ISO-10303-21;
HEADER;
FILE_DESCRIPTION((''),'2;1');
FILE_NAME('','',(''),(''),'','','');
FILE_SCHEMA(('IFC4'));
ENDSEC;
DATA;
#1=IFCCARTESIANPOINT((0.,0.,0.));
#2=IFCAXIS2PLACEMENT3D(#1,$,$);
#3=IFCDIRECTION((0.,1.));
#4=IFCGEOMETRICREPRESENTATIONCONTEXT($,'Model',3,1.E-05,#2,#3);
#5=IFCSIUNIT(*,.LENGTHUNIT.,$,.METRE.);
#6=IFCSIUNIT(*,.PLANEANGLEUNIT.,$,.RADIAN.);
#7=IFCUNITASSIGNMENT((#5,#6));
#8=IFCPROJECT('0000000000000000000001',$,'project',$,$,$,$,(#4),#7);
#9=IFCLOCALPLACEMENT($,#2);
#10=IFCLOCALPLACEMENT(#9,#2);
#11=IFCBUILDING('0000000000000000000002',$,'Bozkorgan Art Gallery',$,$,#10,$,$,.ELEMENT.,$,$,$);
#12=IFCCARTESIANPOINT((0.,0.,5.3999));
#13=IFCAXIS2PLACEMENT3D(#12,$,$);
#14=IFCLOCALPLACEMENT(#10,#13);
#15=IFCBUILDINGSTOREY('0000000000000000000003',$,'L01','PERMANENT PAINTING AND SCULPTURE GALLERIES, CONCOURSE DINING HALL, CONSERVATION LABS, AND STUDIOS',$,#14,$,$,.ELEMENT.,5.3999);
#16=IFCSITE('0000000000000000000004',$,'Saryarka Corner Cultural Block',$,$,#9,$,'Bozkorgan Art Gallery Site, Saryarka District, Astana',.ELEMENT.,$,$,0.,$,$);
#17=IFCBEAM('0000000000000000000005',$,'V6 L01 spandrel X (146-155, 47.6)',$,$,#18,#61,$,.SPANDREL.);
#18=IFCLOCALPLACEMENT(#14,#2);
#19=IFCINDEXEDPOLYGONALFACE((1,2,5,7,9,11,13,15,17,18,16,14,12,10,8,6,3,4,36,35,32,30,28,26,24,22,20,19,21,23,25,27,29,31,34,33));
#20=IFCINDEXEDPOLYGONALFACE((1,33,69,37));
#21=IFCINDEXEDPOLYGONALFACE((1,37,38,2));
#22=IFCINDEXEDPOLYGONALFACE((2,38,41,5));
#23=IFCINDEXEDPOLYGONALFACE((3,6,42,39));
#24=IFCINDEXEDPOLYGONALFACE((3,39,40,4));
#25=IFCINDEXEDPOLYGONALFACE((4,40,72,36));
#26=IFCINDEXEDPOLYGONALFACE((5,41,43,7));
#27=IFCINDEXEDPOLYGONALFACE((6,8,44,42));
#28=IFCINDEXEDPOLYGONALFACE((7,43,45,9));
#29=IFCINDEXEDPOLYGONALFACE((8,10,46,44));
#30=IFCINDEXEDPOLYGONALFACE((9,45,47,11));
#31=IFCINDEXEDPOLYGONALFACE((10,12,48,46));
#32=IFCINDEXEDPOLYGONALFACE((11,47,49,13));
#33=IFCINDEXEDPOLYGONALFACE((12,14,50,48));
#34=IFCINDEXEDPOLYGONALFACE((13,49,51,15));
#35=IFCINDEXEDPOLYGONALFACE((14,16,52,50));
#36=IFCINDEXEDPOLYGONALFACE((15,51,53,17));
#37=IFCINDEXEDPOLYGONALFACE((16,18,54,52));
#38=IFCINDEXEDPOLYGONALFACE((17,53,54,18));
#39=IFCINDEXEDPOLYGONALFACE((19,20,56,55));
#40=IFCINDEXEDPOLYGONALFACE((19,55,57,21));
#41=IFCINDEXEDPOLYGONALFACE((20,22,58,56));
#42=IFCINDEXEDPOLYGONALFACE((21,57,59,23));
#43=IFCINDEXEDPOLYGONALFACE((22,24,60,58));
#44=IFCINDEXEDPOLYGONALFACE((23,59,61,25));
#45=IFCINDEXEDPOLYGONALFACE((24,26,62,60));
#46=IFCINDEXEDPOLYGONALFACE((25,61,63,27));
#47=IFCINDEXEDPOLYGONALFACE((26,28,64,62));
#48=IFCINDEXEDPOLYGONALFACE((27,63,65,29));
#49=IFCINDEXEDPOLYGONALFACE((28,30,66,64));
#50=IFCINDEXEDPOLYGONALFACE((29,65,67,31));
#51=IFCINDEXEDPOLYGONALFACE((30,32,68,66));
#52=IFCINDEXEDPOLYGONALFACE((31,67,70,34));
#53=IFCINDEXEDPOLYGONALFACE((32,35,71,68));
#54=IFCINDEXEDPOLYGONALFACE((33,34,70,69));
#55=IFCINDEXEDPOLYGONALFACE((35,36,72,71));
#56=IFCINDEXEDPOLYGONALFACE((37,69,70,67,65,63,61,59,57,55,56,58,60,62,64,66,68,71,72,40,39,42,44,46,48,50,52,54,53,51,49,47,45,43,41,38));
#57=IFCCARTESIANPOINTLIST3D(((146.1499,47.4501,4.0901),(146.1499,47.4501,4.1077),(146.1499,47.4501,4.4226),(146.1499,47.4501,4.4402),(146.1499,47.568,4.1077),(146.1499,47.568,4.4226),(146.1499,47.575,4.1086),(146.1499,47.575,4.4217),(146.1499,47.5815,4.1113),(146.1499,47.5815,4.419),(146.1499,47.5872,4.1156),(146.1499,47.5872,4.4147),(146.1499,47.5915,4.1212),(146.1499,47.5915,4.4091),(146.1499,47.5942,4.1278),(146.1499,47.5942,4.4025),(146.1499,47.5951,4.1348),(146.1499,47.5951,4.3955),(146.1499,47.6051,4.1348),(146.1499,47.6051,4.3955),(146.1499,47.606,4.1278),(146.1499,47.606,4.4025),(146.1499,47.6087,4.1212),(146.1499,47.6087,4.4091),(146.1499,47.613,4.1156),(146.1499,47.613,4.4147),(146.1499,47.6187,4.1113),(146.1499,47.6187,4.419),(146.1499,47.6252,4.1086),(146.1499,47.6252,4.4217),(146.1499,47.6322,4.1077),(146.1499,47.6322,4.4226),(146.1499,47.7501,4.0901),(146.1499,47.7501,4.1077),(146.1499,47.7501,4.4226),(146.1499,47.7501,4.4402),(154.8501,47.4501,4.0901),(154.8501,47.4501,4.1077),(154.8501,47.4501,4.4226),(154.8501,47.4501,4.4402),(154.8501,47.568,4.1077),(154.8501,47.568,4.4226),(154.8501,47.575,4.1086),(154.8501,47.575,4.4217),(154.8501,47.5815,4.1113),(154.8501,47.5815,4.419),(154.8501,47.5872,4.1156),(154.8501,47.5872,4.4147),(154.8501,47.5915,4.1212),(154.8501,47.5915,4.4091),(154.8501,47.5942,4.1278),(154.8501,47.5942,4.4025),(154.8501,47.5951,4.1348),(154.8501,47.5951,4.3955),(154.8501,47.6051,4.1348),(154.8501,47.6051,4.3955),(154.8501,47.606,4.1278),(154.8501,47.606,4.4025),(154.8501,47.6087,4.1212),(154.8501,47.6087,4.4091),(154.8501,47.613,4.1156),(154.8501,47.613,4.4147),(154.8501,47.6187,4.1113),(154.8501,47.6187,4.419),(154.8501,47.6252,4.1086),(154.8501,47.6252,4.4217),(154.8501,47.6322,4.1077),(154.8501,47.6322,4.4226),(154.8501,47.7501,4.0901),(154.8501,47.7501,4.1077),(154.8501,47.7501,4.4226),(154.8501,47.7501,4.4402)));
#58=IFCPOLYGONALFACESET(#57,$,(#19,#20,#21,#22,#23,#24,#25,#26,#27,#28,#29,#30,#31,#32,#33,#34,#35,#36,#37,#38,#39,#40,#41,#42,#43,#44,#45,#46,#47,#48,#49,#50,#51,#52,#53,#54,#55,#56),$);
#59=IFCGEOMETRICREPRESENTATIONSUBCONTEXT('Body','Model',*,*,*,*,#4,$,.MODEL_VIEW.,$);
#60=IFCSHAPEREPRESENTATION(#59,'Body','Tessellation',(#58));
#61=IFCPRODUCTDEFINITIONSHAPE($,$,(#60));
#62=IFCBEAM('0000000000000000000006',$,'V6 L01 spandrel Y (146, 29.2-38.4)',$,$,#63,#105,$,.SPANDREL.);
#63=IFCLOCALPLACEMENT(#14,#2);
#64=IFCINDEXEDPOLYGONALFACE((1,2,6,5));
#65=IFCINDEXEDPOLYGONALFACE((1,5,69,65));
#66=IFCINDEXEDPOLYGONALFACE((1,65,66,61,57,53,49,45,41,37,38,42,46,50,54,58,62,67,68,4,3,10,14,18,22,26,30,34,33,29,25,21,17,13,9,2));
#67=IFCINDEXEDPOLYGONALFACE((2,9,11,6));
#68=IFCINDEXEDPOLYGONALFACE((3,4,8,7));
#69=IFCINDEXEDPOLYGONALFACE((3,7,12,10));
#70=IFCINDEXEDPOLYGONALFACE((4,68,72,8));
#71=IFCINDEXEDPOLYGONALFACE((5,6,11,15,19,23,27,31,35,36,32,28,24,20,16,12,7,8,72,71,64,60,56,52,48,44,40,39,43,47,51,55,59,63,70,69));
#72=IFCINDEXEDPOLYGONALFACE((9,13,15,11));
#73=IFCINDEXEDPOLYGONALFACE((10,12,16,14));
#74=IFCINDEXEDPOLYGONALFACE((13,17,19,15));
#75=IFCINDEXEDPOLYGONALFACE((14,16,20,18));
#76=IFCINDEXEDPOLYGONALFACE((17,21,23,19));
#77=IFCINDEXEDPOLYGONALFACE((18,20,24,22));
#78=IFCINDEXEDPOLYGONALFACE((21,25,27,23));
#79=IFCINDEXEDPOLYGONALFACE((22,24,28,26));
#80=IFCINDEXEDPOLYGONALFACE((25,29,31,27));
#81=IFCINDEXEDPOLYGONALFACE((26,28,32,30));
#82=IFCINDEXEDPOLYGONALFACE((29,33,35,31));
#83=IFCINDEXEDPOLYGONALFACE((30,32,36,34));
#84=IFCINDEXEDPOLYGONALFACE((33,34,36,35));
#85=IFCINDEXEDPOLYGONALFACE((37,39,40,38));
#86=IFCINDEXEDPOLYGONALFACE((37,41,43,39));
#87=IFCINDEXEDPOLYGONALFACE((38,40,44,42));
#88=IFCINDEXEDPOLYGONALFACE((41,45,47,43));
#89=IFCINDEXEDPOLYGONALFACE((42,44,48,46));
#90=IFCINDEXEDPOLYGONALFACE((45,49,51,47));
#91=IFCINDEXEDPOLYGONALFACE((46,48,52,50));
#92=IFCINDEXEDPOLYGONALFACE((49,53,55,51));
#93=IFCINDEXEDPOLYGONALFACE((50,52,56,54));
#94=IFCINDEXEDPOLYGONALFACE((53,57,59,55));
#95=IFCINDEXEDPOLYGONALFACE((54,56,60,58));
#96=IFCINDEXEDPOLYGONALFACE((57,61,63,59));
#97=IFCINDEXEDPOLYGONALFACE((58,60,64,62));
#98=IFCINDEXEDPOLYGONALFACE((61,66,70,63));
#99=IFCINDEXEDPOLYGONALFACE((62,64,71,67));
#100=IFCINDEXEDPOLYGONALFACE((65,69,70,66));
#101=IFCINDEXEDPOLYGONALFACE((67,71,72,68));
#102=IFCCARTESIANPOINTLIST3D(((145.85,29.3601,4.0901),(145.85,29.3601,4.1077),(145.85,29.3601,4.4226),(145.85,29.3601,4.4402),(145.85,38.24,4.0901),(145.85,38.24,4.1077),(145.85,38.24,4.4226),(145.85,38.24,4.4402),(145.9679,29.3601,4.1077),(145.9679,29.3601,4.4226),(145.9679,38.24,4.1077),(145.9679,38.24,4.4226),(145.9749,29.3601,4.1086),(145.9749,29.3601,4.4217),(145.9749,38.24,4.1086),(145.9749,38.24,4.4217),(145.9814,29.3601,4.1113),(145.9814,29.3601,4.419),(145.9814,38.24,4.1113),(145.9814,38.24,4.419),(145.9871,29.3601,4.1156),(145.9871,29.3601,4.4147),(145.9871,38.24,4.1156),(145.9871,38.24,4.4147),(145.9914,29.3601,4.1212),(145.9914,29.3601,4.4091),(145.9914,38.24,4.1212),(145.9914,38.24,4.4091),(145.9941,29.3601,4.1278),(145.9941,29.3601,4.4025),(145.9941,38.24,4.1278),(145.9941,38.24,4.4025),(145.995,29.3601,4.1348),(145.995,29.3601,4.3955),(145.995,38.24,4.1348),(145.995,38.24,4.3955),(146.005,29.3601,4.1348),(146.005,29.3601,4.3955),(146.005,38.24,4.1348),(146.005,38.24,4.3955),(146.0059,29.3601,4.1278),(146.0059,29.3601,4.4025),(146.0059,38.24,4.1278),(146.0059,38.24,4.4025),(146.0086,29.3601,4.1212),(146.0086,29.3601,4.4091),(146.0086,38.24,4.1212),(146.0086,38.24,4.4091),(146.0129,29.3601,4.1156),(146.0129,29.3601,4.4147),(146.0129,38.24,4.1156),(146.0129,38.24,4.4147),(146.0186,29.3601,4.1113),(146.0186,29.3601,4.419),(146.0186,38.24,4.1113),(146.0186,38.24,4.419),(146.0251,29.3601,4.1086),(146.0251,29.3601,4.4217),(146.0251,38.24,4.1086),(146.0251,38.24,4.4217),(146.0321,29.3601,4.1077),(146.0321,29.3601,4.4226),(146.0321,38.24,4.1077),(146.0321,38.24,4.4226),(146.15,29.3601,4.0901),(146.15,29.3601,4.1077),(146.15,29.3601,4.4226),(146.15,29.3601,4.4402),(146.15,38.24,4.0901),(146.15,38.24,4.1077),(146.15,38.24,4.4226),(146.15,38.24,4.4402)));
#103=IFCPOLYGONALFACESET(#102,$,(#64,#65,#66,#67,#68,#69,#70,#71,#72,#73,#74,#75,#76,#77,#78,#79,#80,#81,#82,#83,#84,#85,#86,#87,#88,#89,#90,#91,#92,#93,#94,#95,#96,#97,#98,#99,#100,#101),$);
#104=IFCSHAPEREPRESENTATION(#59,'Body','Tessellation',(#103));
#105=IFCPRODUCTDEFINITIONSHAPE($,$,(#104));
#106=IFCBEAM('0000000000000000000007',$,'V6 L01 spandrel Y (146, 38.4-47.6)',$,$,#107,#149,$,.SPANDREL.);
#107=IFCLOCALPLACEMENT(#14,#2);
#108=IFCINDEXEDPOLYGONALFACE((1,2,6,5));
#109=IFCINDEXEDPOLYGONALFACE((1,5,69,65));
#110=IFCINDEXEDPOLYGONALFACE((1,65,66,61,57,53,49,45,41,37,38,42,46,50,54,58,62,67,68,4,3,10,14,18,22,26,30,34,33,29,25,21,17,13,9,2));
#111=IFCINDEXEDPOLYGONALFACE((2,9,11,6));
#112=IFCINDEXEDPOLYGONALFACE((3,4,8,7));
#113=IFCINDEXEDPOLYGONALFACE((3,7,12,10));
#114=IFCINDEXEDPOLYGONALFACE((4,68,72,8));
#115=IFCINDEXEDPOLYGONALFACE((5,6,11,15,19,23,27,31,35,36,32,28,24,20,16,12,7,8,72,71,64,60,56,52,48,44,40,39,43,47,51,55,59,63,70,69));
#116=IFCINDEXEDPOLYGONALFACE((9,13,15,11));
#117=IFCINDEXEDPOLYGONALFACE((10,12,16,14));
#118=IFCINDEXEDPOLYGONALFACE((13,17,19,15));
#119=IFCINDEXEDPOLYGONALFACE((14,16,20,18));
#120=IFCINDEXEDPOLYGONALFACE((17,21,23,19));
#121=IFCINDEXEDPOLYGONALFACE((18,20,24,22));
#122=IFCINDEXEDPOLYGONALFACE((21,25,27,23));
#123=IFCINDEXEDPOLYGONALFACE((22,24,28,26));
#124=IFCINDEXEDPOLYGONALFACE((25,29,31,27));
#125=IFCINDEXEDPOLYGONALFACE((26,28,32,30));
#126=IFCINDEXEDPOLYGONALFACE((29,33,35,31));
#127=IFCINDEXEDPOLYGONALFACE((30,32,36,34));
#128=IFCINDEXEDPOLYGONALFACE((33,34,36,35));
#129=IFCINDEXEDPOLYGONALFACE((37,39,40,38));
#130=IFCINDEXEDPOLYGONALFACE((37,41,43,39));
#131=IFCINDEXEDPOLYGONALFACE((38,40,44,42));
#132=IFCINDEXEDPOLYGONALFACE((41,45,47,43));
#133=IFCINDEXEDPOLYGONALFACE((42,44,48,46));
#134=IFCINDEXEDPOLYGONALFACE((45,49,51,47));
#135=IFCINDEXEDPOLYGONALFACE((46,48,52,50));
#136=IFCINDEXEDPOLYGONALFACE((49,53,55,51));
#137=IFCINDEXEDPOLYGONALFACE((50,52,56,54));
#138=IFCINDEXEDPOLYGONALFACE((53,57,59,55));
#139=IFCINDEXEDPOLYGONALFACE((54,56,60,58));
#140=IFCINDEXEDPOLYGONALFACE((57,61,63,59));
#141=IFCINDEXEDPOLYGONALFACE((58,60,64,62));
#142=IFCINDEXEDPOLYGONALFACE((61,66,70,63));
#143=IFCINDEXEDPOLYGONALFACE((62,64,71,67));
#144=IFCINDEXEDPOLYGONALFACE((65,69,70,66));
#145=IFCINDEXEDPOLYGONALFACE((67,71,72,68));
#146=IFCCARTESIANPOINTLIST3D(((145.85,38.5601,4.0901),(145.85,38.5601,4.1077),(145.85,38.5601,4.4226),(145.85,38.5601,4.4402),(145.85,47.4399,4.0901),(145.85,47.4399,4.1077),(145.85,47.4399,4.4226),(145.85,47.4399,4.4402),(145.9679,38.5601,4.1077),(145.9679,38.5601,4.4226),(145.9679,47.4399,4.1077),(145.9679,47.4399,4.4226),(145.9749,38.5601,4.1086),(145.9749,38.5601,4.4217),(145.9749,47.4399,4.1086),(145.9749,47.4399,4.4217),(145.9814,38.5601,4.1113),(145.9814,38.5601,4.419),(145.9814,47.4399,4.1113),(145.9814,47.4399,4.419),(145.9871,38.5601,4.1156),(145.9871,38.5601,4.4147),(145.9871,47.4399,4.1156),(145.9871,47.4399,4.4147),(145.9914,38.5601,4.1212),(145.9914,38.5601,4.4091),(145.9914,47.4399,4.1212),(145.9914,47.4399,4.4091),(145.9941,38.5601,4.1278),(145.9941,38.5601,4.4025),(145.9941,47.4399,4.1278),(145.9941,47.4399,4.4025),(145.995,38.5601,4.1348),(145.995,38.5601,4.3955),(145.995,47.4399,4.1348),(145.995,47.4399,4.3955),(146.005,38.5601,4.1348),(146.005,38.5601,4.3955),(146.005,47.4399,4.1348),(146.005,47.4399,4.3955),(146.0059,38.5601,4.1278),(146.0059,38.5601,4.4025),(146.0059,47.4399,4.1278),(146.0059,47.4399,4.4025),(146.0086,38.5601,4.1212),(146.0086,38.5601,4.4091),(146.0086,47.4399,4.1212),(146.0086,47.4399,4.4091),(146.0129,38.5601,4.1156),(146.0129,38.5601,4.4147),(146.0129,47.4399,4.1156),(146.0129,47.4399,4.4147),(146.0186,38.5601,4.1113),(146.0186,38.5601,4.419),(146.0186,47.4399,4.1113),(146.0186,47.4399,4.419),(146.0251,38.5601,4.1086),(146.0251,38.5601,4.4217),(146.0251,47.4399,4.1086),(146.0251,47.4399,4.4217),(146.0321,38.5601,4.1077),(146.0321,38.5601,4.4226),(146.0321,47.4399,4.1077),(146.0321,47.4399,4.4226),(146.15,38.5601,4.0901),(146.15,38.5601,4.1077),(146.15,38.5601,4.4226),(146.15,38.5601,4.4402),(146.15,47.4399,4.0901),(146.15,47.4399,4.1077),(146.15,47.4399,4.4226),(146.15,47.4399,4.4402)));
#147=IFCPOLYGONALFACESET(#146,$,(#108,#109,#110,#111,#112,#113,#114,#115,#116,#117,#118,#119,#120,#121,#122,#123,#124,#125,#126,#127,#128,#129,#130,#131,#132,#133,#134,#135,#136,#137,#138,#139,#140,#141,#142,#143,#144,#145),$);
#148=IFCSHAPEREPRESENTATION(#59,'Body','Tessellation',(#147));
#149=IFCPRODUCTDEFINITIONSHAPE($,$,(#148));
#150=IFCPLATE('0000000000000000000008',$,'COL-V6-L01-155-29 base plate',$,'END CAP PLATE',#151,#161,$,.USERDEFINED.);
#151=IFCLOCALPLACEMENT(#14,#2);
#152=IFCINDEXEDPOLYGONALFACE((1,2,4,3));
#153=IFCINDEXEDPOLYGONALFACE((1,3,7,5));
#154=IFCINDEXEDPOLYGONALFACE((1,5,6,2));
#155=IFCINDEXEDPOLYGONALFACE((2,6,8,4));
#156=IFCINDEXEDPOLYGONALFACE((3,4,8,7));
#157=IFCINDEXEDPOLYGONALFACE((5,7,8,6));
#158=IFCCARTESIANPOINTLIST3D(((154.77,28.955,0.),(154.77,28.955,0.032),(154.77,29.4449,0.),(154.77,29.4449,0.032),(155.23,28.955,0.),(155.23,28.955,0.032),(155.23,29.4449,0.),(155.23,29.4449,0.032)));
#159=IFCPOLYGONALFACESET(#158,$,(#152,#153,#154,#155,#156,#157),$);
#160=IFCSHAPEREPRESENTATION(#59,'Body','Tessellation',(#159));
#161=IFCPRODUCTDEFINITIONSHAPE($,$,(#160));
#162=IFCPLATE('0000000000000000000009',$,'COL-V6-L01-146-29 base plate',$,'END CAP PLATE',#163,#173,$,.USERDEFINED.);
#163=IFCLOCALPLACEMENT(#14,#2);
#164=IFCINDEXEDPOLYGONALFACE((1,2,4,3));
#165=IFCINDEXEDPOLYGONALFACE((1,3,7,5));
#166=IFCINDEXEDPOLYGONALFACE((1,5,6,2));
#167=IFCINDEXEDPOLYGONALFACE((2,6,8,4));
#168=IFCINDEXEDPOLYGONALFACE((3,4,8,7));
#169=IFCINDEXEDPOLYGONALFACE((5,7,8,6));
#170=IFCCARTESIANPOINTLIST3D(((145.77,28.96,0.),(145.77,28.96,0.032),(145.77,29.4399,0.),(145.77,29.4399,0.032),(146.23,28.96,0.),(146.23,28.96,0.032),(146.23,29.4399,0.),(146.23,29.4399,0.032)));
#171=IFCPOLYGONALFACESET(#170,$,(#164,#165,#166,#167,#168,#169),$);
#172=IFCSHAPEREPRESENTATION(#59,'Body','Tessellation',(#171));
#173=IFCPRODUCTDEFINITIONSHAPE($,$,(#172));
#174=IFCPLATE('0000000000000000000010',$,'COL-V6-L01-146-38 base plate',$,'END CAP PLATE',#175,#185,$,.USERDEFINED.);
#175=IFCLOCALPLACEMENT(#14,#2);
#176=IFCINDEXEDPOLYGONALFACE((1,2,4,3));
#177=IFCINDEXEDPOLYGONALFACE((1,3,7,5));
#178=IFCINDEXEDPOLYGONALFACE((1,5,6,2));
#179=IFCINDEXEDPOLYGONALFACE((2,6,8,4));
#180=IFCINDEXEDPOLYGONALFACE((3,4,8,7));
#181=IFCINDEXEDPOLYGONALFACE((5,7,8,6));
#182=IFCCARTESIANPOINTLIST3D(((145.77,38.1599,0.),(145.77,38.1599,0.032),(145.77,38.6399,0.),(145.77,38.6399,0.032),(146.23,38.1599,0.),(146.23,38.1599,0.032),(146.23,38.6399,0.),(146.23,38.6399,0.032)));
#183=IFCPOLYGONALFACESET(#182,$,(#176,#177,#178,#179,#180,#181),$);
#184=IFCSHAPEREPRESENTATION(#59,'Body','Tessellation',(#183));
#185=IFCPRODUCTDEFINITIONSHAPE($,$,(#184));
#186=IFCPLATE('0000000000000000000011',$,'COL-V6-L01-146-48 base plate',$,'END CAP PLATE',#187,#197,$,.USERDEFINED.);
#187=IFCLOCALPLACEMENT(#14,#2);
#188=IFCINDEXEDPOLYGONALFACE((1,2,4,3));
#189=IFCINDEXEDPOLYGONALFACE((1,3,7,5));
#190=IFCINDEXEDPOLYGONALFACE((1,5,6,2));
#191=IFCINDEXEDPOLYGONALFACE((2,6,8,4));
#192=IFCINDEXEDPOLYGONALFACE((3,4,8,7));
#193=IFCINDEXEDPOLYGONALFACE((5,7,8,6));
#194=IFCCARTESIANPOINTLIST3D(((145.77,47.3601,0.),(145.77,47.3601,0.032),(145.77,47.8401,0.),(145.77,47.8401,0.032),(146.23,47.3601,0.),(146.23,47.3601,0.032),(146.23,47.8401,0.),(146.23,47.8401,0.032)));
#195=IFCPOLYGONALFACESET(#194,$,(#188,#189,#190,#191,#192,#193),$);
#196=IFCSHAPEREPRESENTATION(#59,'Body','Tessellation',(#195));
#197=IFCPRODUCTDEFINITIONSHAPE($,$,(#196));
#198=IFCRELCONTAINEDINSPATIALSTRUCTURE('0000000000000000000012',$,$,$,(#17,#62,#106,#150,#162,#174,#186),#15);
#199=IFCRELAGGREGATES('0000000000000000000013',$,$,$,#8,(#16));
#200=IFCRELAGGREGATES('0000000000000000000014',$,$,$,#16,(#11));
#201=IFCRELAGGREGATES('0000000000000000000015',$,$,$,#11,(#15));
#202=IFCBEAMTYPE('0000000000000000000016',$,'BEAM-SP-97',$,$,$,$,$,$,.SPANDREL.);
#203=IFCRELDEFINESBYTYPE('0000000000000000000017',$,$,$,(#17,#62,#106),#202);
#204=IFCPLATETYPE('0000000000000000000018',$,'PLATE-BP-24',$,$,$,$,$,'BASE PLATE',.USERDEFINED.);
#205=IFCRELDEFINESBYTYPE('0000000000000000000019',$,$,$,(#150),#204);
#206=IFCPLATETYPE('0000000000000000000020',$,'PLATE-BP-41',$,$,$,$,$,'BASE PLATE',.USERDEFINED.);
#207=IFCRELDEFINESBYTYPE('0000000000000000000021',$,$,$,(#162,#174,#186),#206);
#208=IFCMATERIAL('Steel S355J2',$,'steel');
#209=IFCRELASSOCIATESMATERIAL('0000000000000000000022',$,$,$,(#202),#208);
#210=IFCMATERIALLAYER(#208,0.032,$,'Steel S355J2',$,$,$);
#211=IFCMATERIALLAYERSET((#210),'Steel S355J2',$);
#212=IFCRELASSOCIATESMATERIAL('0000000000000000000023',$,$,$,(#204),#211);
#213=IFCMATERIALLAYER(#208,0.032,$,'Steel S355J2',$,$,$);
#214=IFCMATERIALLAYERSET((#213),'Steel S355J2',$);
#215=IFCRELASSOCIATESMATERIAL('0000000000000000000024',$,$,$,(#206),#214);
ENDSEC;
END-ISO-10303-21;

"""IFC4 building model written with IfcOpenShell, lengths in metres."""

from ifc_helpers import new_model, si_unit, direction, frame, origin, origin_2d, place, context, subcontext, project, spatial, rectangle, i_section, extrude, material, layer, layer_set, material_profile, profile_set, type_object, element, save


model = new_model("IFC4")

# Units and contexts
model_context = context("Model", 3, precision=1e-05, world=origin(), true_north=direction((0.0, 1.0)))
body_context = subcontext(model_context, "Body", "Model", "MODEL_VIEW")
ifc_project = project(units=[si_unit("LENGTHUNIT", "METRE"), si_unit("PLANEANGLEUNIT", "RADIAN")], contexts=[model_context])

# Site, building, storey
site_placement = place(None, origin())
site = spatial("IfcSite", under=ifc_project, at=site_placement, Name="Saryarka Corner Cultural Block", LongName="Bozkorgan Art Gallery Site, Saryarka District, Astana", CompositionType="ELEMENT", RefElevation=0.0)
building_placement = place(site_placement, origin())
building = spatial("IfcBuilding", under=site, at=building_placement, Name="Bozkorgan Art Gallery", CompositionType="ELEMENT")
storey_placement = place(building_placement, frame((0.0, 0.0, 5.3999)))
storey = spatial("IfcBuildingStorey", under=building, at=storey_placement, Name="L01", Description="PERMANENT PAINTING AND SCULPTURE GALLERIES, CONCOURSE DINING HALL, CONSERVATION LABS, AND STUDIOS", CompositionType="ELEMENT", Elevation=5.3999)

# Shared definitions
ifc_material_1 = material(Name="Steel S355J2", Category="steel")

# Beams
ifc_material_profile_1 = material_profile(ifc_material_1, i_section(OverallWidth=0.3, OverallDepth=0.3501, WebThickness=0.01, FlangeThickness=0.0176, FilletRadius=0.0271, at=origin_2d()), Name="HEA 360")
ifc_profile_set_1 = profile_set([ifc_material_profile_1], Name="Steel S355J2")
beam_type_1 = type_object("IfcBeamType", Name="BEAM-SP-97", PredefinedType="SPANDREL", material=ifc_profile_set_1)
beam_1_placement = place(storey_placement, frame((146.1499, 47.6001, 4.2651), z_axis=(1.0, 0.0, 0.0), x_axis=(0.0, 1.0, 0.0)))
element("IfcBeam", 1, at=beam_1_placement, inside=storey, type_object=beam_type_1, Name="V6 L01 spandrel X (146-155, 47.6)", PredefinedType="SPANDREL", context=body_context, shape_type="SweptSolid", body=[
    extrude(i_section(OverallWidth=0.3, OverallDepth=0.3501, WebThickness=0.01, FlangeThickness=0.0176, FilletRadius=0.0271, at=origin_2d()), origin(), (0.0, 0.0, 1.0), 8.7002),
])
for number, where, z_axis, x_axis, name in (
    (2, (146.0, 29.3601, 4.2651), (0.0, 1.0, 0.0), (-1.0, 0.0, 0.0), "V6 L01 spandrel Y (146, 29.2-38.4)"),
    (3, (146.0, 38.5601, 4.2651), (0.0, 1.0, 0.0), (-1.0, 0.0, 0.0), "V6 L01 spandrel Y (146, 38.4-47.6)"),
):
    element("IfcBeam", number, at=place(storey_placement, frame(where, z_axis=z_axis, x_axis=x_axis)), inside=storey, type_object=beam_type_1, Name=name, PredefinedType="SPANDREL", context=body_context, shape_type="SweptSolid", body=[
        extrude(i_section(OverallWidth=0.3, OverallDepth=0.3501, WebThickness=0.01, FlangeThickness=0.0176, FilletRadius=0.0271, at=origin_2d()), origin(), (0.0, 0.0, 1.0), 8.8799),
    ])

# Plates
ifc_layer_1 = layer(ifc_material_1, 0.032, Name="Steel S355J2")
ifc_layer_set_1 = layer_set([ifc_layer_1], Name="Steel S355J2")
plate_type_1 = type_object("IfcPlateType", Name="PLATE-BP-24", ElementType="BASE PLATE", PredefinedType="USERDEFINED", material=ifc_layer_set_1)
plate_placement = place(storey_placement, frame((155.0, 29.2, 0.0), z_axis=(0.0, 0.0, 1.0), x_axis=(1.0, 0.0, 0.0)))
element("IfcPlate", 4, at=plate_placement, inside=storey, type_object=plate_type_1, Name="COL-V6-L01-155-29 base plate", ObjectType="END CAP PLATE", PredefinedType="USERDEFINED", context=body_context, shape_type="SweptSolid", body=[
    extrude(rectangle(XDim=0.46, YDim=0.49, at=origin_2d()), origin(), (0.0, 0.0, 1.0), 0.032),
])
ifc_layer_2 = layer(ifc_material_1, 0.032, Name="Steel S355J2")
ifc_layer_set_2 = layer_set([ifc_layer_2], Name="Steel S355J2")
plate_type_2 = type_object("IfcPlateType", Name="PLATE-BP-41", ElementType="BASE PLATE", PredefinedType="USERDEFINED", material=ifc_layer_set_2)
for number, where, z_axis, x_axis, name in (
    (5, (146.0, 29.2, 0.0), (0.0, 0.0, 1.0), (1.0, 0.0, 0.0), "COL-V6-L01-146-29 base plate"),
    (6, (146.0, 38.3999, 0.0), (0.0, 0.0, 1.0), (1.0, 0.0, 0.0), "COL-V6-L01-146-38 base plate"),
    (7, (146.0, 47.6001, 0.0), (0.0, 0.0, 1.0), (1.0, 0.0, 0.0), "COL-V6-L01-146-48 base plate"),
):
    element("IfcPlate", number, at=place(storey_placement, frame(where, z_axis=z_axis, x_axis=x_axis)), inside=storey, type_object=plate_type_2, Name=name, ObjectType="END CAP PLATE", PredefinedType="USERDEFINED", context=body_context, shape_type="SweptSolid", body=[
        extrude(rectangle(XDim=0.46, YDim=0.48, at=origin_2d()), origin(), (0.0, 0.0, 1.0), 0.032),
    ])

save(model, "model.ifc")
